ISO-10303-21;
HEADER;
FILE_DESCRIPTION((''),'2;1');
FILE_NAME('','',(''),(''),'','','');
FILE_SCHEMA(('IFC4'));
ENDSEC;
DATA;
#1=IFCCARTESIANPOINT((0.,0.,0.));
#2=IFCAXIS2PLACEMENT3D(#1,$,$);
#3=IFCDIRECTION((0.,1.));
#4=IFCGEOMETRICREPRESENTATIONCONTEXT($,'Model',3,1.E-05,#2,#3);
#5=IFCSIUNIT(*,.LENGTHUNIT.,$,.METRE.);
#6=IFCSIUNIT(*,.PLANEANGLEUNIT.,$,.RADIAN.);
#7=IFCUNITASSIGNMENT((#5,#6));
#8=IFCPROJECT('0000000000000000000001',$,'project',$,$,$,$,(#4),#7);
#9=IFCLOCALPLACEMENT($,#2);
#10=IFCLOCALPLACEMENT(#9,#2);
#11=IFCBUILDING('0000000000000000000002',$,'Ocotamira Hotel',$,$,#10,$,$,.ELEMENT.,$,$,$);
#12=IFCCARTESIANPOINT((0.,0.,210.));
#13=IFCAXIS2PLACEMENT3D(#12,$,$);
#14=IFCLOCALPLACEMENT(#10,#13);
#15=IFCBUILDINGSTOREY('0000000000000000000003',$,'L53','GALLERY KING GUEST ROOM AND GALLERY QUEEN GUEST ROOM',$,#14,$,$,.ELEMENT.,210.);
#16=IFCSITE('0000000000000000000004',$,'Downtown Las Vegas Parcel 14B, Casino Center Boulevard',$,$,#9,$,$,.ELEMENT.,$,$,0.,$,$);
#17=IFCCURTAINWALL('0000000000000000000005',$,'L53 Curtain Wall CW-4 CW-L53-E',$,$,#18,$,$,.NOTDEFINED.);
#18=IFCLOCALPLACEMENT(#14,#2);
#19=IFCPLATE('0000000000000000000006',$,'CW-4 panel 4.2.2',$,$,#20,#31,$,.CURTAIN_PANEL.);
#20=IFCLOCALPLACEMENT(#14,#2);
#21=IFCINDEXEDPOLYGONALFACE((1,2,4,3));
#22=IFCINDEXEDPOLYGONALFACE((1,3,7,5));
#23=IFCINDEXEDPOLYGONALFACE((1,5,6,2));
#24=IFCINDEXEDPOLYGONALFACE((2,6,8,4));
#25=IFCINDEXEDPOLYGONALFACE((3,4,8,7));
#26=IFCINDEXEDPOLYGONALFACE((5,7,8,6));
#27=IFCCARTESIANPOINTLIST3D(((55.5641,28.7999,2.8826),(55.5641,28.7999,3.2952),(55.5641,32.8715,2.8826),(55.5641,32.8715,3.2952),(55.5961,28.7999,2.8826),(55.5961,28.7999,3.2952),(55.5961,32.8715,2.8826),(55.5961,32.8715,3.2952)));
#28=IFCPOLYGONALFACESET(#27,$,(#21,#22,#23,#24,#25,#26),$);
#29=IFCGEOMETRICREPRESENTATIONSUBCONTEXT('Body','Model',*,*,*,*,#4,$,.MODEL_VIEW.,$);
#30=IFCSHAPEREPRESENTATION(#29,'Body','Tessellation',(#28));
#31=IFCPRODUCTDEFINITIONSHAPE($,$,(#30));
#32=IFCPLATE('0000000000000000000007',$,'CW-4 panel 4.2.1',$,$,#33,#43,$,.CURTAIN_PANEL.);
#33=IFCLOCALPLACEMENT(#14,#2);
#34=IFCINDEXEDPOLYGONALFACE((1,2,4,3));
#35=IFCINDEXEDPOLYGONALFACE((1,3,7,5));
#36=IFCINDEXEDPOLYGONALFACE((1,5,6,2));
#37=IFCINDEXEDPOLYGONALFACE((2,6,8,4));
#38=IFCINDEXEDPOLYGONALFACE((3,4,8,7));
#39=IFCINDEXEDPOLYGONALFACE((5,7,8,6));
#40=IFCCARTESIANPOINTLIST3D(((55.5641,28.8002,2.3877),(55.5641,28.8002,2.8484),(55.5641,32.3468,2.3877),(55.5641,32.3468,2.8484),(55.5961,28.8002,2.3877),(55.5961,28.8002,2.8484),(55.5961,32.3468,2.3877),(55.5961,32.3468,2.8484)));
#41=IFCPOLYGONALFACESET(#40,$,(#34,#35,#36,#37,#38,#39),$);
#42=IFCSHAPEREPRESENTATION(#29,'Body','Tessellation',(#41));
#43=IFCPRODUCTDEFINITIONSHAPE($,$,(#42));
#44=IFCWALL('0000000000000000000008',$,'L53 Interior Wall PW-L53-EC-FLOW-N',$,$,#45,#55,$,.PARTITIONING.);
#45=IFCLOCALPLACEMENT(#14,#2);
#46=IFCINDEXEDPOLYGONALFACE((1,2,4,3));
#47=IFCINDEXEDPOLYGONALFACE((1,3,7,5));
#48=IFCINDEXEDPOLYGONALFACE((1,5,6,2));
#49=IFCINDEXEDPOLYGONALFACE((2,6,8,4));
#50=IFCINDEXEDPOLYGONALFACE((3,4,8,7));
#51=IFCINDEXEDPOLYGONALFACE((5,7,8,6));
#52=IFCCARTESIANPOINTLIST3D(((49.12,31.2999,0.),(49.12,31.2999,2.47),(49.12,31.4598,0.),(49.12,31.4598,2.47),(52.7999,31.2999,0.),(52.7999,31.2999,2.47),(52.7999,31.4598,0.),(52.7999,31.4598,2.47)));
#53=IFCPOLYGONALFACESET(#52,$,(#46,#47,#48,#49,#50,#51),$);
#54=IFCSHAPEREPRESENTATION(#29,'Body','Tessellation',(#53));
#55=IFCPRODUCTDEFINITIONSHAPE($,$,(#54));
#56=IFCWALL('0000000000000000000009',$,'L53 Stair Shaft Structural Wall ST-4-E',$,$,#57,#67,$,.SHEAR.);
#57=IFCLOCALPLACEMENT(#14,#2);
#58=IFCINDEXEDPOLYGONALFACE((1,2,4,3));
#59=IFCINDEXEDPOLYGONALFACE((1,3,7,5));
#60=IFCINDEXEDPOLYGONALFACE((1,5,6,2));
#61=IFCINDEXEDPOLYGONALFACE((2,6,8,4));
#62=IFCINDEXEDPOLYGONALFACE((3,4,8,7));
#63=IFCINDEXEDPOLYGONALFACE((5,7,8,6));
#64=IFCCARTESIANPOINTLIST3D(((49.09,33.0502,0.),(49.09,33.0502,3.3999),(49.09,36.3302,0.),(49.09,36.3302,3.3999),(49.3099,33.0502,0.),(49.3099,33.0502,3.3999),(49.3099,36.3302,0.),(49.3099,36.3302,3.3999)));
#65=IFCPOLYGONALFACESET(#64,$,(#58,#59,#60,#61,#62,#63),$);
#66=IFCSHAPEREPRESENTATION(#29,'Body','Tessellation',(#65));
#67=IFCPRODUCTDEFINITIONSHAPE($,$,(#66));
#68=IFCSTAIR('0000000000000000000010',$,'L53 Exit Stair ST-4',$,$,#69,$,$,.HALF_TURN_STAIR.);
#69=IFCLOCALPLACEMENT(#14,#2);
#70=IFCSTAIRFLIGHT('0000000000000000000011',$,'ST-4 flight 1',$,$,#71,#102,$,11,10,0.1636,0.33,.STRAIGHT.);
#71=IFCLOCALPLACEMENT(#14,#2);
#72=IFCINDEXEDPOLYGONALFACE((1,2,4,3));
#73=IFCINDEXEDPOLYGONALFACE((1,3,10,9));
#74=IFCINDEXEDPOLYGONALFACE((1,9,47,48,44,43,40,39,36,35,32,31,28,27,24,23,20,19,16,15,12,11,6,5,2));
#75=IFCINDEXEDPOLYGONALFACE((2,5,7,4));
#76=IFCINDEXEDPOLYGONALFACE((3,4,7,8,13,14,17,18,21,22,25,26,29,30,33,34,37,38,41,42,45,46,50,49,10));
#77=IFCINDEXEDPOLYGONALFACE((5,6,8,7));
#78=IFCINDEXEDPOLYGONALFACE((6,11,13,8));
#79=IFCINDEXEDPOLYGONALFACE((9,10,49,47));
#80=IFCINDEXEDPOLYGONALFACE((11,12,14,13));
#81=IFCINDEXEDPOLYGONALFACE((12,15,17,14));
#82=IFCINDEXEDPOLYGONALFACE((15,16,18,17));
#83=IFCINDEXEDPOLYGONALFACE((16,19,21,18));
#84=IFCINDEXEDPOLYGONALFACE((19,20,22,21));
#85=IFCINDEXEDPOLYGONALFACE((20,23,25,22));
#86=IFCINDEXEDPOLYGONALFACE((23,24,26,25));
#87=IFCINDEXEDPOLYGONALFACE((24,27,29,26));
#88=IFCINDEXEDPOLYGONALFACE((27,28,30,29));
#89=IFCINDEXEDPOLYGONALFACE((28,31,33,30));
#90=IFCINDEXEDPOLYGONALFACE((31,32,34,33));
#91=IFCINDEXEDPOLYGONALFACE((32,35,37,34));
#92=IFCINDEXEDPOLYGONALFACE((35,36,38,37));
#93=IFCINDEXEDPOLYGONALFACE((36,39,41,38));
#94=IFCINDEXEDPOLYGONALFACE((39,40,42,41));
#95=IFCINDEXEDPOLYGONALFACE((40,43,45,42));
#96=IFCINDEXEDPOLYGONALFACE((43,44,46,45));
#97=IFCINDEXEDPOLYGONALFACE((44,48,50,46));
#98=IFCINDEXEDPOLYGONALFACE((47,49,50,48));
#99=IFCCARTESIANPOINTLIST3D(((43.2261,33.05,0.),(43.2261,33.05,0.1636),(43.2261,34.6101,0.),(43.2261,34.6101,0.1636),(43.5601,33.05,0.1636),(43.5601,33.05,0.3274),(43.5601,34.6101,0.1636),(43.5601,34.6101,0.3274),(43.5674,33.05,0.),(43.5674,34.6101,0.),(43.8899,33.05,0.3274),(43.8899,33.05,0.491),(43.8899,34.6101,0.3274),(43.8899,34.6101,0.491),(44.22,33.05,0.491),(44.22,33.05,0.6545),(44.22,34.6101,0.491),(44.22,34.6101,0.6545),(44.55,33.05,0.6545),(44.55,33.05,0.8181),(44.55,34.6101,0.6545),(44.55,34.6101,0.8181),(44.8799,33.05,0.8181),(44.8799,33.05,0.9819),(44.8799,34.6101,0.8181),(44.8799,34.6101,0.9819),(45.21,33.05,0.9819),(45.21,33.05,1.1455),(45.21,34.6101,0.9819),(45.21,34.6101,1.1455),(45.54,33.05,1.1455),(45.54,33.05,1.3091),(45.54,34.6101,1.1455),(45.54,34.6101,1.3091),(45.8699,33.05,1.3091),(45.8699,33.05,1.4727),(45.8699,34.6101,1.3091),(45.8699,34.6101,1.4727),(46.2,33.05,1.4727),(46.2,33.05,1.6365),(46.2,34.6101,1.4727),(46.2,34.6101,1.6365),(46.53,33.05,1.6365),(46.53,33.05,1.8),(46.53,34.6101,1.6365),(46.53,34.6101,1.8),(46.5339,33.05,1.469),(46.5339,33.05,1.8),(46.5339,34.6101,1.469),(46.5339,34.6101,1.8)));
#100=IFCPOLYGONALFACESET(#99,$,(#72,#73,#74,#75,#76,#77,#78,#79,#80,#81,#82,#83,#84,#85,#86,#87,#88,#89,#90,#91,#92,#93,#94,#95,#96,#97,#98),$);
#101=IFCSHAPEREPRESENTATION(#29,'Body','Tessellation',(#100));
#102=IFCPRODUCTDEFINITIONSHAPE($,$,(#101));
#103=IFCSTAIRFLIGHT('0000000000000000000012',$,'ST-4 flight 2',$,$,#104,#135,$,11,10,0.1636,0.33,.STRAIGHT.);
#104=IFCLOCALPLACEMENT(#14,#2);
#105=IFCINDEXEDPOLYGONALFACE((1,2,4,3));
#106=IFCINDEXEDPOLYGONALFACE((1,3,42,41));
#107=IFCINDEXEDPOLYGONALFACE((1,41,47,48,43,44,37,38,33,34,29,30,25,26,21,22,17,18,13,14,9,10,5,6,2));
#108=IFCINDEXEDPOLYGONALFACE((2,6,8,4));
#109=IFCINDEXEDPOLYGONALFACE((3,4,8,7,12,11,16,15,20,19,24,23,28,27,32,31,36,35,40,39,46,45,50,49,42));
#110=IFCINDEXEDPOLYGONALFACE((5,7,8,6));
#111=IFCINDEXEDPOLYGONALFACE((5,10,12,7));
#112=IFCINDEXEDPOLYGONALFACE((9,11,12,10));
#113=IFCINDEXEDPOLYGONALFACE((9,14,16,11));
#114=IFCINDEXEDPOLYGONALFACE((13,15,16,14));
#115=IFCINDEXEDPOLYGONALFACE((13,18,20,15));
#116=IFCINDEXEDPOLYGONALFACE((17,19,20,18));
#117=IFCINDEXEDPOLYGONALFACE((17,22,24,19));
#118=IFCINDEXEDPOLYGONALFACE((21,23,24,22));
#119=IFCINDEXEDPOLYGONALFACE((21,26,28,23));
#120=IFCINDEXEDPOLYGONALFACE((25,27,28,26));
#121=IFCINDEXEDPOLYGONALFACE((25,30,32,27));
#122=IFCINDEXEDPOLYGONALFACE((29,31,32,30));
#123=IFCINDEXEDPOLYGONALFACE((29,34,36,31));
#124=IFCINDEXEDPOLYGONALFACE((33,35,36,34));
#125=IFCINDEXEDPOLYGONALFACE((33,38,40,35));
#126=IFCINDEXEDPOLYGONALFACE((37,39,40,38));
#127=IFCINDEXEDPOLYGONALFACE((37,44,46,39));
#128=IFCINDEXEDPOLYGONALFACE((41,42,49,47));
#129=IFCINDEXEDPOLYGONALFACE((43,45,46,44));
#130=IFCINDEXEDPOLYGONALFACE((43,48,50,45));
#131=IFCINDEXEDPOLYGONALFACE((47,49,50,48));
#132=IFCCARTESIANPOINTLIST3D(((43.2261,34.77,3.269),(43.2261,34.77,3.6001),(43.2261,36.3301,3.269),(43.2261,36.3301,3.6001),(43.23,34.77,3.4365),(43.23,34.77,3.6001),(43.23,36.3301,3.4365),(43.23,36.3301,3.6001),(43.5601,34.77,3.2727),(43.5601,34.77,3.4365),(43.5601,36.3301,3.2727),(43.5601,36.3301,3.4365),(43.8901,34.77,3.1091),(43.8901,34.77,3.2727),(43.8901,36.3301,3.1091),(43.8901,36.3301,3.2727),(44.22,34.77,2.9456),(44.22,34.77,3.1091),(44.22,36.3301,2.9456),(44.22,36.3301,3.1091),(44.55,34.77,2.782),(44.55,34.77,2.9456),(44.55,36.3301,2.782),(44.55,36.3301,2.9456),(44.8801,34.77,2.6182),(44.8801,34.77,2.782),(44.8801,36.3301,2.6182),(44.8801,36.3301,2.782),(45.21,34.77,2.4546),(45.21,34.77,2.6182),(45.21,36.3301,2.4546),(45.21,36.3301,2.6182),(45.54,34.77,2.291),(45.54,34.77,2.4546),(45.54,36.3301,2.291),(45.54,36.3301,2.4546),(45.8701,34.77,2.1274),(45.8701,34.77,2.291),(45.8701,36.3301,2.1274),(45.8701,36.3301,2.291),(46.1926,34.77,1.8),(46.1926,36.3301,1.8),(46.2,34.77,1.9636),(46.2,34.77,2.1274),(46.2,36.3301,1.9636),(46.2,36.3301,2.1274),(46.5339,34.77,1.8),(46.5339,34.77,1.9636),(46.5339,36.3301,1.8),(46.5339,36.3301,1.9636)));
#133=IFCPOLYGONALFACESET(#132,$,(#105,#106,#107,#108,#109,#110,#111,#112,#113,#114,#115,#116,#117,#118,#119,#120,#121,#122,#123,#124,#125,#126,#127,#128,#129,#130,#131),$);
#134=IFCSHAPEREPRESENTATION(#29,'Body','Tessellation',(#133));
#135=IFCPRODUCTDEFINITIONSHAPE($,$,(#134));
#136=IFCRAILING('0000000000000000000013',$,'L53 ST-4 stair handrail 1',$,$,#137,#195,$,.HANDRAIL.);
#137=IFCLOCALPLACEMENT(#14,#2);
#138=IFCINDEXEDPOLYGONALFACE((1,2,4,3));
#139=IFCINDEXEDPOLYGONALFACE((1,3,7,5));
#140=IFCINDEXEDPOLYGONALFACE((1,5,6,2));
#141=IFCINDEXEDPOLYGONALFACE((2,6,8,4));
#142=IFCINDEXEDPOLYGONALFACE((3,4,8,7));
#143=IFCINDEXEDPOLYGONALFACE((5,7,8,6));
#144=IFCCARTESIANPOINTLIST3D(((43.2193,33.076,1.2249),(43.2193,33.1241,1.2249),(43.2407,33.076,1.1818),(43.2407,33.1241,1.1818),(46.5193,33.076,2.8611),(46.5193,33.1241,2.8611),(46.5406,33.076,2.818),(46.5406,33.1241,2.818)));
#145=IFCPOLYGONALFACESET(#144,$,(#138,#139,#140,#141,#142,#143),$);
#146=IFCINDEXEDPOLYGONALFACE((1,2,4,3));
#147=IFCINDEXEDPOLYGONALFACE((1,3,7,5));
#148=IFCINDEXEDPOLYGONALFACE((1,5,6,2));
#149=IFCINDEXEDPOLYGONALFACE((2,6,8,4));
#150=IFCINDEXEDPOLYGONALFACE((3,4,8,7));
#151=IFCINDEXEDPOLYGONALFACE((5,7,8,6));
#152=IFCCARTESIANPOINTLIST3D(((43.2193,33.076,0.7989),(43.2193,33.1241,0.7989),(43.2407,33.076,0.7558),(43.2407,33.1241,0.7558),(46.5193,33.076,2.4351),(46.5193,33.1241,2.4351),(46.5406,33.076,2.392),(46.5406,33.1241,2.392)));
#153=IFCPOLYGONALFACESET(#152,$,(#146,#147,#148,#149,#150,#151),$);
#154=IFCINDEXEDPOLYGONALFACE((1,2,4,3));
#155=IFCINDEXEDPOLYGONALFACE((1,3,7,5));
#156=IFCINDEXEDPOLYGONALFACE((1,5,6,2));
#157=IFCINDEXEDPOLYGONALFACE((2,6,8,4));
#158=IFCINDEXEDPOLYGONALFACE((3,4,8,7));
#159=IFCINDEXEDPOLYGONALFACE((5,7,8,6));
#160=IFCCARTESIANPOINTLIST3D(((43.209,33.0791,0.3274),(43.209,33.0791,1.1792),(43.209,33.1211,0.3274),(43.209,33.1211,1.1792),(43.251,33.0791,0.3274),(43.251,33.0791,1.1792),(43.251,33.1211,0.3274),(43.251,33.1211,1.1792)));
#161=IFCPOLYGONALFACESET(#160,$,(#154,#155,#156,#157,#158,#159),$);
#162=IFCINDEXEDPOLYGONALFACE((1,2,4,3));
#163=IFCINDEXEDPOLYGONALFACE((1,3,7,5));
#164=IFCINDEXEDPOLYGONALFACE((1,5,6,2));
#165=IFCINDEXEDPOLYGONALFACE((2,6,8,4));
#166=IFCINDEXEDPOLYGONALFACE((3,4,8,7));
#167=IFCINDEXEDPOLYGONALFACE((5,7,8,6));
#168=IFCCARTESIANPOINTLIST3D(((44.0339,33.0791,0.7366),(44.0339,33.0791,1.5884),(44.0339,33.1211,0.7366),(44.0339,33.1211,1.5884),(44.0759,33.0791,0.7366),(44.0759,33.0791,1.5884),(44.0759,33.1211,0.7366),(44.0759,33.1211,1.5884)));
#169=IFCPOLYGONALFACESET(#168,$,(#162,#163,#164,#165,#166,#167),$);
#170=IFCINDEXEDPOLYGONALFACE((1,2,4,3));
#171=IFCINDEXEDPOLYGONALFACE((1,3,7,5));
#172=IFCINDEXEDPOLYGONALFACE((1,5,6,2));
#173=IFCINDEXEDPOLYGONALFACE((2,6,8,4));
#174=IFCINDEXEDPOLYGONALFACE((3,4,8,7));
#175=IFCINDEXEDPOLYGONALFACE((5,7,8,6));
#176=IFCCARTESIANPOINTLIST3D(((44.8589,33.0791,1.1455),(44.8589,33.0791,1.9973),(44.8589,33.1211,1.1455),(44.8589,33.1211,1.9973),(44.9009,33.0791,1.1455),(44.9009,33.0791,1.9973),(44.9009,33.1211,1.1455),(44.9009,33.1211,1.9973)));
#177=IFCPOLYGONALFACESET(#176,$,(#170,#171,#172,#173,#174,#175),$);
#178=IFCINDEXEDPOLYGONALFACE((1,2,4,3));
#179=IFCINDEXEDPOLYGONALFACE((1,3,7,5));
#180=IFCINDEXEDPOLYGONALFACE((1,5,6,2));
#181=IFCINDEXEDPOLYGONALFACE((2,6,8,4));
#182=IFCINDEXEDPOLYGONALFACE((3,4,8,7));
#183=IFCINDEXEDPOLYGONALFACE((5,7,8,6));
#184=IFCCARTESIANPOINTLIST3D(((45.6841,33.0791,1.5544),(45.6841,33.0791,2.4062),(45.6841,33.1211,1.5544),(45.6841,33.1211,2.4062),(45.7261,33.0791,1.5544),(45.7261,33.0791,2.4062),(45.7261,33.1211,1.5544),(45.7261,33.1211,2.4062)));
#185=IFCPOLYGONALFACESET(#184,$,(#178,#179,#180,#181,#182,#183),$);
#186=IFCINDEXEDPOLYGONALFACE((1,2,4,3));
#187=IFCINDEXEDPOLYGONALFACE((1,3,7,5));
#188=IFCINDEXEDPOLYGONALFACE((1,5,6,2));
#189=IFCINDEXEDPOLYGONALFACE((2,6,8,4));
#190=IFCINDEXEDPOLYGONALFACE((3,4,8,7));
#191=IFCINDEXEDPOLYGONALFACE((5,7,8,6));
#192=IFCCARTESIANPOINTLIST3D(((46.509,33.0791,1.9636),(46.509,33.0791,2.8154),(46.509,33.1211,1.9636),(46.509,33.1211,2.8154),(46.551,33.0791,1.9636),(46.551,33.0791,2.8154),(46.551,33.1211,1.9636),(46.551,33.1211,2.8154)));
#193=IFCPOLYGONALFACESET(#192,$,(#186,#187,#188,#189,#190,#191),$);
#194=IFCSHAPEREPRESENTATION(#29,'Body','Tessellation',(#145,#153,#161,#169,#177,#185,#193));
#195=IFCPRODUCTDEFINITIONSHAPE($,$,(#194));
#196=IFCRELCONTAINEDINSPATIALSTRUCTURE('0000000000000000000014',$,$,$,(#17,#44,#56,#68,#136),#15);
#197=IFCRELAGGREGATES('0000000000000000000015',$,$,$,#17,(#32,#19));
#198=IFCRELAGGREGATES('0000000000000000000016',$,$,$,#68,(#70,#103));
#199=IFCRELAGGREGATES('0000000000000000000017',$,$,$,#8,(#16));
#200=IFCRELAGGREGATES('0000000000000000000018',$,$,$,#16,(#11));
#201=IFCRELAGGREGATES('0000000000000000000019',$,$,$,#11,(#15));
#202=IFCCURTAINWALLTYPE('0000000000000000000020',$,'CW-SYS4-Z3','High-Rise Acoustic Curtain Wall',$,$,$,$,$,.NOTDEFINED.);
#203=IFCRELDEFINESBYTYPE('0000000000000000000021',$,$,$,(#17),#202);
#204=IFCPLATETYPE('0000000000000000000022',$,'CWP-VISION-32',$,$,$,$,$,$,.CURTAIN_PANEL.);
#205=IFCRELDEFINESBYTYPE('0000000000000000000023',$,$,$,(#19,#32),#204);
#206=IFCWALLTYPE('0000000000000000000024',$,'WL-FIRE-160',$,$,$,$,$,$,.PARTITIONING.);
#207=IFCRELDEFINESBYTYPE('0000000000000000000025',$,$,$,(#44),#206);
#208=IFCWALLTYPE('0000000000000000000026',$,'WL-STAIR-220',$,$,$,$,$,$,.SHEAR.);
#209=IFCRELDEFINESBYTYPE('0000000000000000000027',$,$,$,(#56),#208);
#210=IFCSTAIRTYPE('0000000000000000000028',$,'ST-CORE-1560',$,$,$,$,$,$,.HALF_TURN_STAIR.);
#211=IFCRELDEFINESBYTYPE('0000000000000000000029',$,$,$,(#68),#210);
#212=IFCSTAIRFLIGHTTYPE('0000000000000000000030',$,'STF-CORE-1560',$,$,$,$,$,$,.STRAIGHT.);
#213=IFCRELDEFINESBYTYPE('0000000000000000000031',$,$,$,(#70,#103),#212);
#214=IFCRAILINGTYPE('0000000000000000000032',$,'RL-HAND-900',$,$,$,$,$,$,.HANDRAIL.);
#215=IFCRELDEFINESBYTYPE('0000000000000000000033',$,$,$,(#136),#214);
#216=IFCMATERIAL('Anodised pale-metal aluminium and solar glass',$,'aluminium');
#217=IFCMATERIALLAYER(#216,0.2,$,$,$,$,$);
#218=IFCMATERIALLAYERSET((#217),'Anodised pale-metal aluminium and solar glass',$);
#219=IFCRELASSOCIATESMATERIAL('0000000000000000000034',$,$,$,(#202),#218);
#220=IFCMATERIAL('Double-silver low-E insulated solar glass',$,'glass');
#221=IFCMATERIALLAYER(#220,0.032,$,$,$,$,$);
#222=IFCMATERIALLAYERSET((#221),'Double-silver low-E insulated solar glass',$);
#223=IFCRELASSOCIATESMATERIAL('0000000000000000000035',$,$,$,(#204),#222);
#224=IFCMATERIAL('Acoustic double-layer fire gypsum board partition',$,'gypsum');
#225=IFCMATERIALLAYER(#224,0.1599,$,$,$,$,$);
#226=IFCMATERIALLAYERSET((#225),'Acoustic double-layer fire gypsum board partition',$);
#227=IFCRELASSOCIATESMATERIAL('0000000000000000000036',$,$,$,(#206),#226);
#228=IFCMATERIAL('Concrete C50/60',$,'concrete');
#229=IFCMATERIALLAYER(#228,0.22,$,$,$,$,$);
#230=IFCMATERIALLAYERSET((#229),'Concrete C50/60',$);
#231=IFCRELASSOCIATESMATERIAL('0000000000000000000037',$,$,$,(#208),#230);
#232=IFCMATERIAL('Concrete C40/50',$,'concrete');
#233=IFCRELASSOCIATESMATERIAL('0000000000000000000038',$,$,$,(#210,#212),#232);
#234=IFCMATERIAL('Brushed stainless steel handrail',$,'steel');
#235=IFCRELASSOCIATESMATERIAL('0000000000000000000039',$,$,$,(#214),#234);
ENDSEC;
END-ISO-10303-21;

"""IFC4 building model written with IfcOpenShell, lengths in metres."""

from ifc_helpers import new_model, si_unit, direction, frame, frame_2d, origin, origin_2d, place, context, subcontext, project, spatial, polyline, rectangle, outline, extrude, source, transform, mapped, material, layer, layer_set, type_object, element, aggregate, save


model = new_model("IFC4")

# Units and contexts
model_context = context("Model", 3, precision=1e-05, world=origin(), true_north=direction((0.0, 1.0)))
body_context = subcontext(model_context, "Body", "Model", "MODEL_VIEW")
ifc_project = project(units=[si_unit("LENGTHUNIT", "METRE"), si_unit("PLANEANGLEUNIT", "RADIAN")], contexts=[model_context])

# Site, building, storey
site_placement = place(None, origin())
site = spatial("IfcSite", under=ifc_project, at=site_placement, Name="Downtown Las Vegas Parcel 14B, Casino Center Boulevard", CompositionType="ELEMENT", RefElevation=0.0)
building_placement = place(site_placement, origin())
building = spatial("IfcBuilding", under=site, at=building_placement, Name="Ocotamira Hotel", CompositionType="ELEMENT")
storey_placement = place(building_placement, frame((0.0, 0.0, 210.0)))
storey = spatial("IfcBuildingStorey", under=building, at=storey_placement, Name="L53", Description="GALLERY KING GUEST ROOM AND GALLERY QUEEN GUEST ROOM", CompositionType="ELEMENT", Elevation=210.0)

# Curtain wall
ifc_material_1 = material(Name="Anodised pale-metal aluminium and solar glass", Category="aluminium")
ifc_layer_1 = layer(ifc_material_1, 0.2)
ifc_layer_set_1 = layer_set([ifc_layer_1], Name="Anodised pale-metal aluminium and solar glass")
curtain_wall_type = type_object("IfcCurtainWallType", Name="CW-SYS4-Z3", Description="High-Rise Acoustic Curtain Wall", PredefinedType="NOTDEFINED", material=ifc_layer_set_1)
curtain_wall_placement = place(storey_placement, origin())
curtain_wall = element("IfcCurtainWall", 1, at=curtain_wall_placement, inside=storey, type_object=curtain_wall_type, Name="L53 Curtain Wall CW-4 CW-L53-E", PredefinedType="NOTDEFINED")

# Plates
ifc_material_2 = material(Name="Double-silver low-E insulated solar glass", Category="glass")
ifc_layer_2 = layer(ifc_material_2, 0.032)
ifc_layer_set_2 = layer_set([ifc_layer_2], Name="Double-silver low-E insulated solar glass")
plate_type_1 = type_object("IfcPlateType", Name="CWP-VISION-32", PredefinedType="CURTAIN_PANEL", material=ifc_layer_set_2)
shared_shape_1 = source(origin(), body_context, "Body", "SweptSolid", [
    extrude(rectangle(XDim=4.0715, YDim=0.032, at=origin_2d()), origin(), (0.0, 0.0, 1.0), 0.4126),
])
plate_1_placement = place(storey_placement, frame((55.5801, 30.8357, 2.8826), z_axis=(0.0, 0.0, 1.0), x_axis=(0.0, 1.0, 0.0)))
plate_1 = element("IfcPlate", 2, at=plate_1_placement, type_object=plate_type_1, Name="CW-4 panel 4.2.2", PredefinedType="CURTAIN_PANEL", context=body_context, shape_type="MappedRepresentation", body=[
    mapped(shared_shape_1, transform((0.0, 0.0, 0.0), scale=1.0)),
])
shared_shape_2 = source(origin(), body_context, "Body", "SweptSolid", [
    extrude(rectangle(XDim=3.5466, YDim=0.032, at=origin_2d()), origin(), (0.0, 0.0, 1.0), 0.4607),
])
plate_2_placement = place(storey_placement, frame((55.5801, 30.5735, 2.3877), z_axis=(0.0, 0.0, 1.0), x_axis=(0.0, 1.0, 0.0)))
plate_2 = element("IfcPlate", 3, at=plate_2_placement, type_object=plate_type_1, Name="CW-4 panel 4.2.1", PredefinedType="CURTAIN_PANEL", context=body_context, shape_type="MappedRepresentation", body=[
    mapped(shared_shape_2, transform((0.0, 0.0, 0.0), scale=1.0)),
])
aggregate(curtain_wall, [plate_2, plate_1])

# Wall
ifc_material_3 = material(Name="Acoustic double-layer fire gypsum board partition", Category="gypsum")
ifc_layer_3 = layer(ifc_material_3, 0.1599)
ifc_layer_set_3 = layer_set([ifc_layer_3], Name="Acoustic double-layer fire gypsum board partition")
wall_type_1 = type_object("IfcWallType", Name="WL-FIRE-160", PredefinedType="PARTITIONING", material=ifc_layer_set_3)
wall_1_placement = place(storey_placement, frame((49.1201, 31.3799, 0.0), z_axis=(0.0, 0.0, 1.0), x_axis=(1.0, 0.0, 0.0)))
element("IfcWall", 4, at=wall_1_placement, inside=storey, type_object=wall_type_1, Name="L53 Interior Wall PW-L53-EC-FLOW-N", PredefinedType="PARTITIONING", context=body_context, shape_type="SweptSolid", body=[
    extrude(rectangle(XDim=3.6799, YDim=0.1599, at=frame_2d((1.8398, 0.0))), origin(), (0.0, 0.0, 1.0), 2.47),
])

# Wall
ifc_material_4 = material(Name="Concrete C50/60", Category="concrete")
ifc_layer_4 = layer(ifc_material_4, 0.22)
ifc_layer_set_4 = layer_set([ifc_layer_4], Name="Concrete C50/60")
wall_type_2 = type_object("IfcWallType", Name="WL-STAIR-220", PredefinedType="SHEAR", material=ifc_layer_set_4)
wall_2_placement = place(storey_placement, frame((49.2, 33.05, 0.0), z_axis=(0.0, 0.0, 1.0), x_axis=(0.0, 1.0, 0.0)))
element("IfcWall", 5, at=wall_2_placement, inside=storey, type_object=wall_type_2, Name="L53 Stair Shaft Structural Wall ST-4-E", PredefinedType="SHEAR", context=body_context, shape_type="SweptSolid", body=[
    extrude(rectangle(XDim=3.28, YDim=0.22, at=frame_2d((1.6401, 0.0))), origin(), (0.0, 0.0, 1.0), 3.3999),
])

# Stair, stair flights
ifc_material_5 = material(Name="Concrete C40/50", Category="concrete")
stair_type = type_object("IfcStairType", Name="ST-CORE-1560", PredefinedType="HALF_TURN_STAIR", material=ifc_material_5)
stair_placement = place(storey_placement, origin())
stair = element("IfcStair", 6, at=stair_placement, inside=storey, type_object=stair_type, Name="L53 Exit Stair ST-4", PredefinedType="HALF_TURN_STAIR")
stair_flight_type = type_object("IfcStairFlightType", Name="STF-CORE-1560", PredefinedType="STRAIGHT", material=ifc_material_5)
shared_shape_3 = source(origin(), body_context, "Body", "SweptSolid", [
    extrude(outline(polyline([(-0.0039, 0.0), (-0.0039, 0.1636), (0.3301, 0.1636), (0.3301, 0.3274), (0.6599, 0.3274), (0.6599, 0.491), (0.99, 0.491), (0.99, 0.6545), (1.3201, 0.6545), (1.3201, 0.8181), (1.6499, 0.8181), (1.6499, 0.9819), (1.98, 0.9819), (1.98, 1.1455), (2.3101, 1.1455), (2.3101, 1.3091), (2.6399, 1.3091), (2.6399, 1.4727), (2.97, 1.4727), (2.97, 1.6365), (3.3, 1.6365), (3.3, 1.8), (3.304, 1.8), (3.304, 1.469), (0.3374, 0.0), (-0.0039, 0.0)])), frame((0.0, 0.78, 0.0), z_axis=(0.0, -1.0, 0.0), x_axis=(1.0, 0.0, 0.0)), (0.0, 0.0, 1.0), 1.5601),
])
stair_flight_1_placement = place(storey_placement, frame((43.23, 33.8301, 0.0), z_axis=(0.0, 0.0, 1.0), x_axis=(1.0, 0.0, 0.0)))
stair_flight_1 = element("IfcStairFlight", 7, at=stair_flight_1_placement, type_object=stair_flight_type, Name="ST-4 flight 1", NumberOfRisers=11, NumberOfTreads=10, PredefinedType="STRAIGHT", RiserHeight=0.1636, TreadLength=0.33, context=body_context, shape_type="MappedRepresentation", body=[
    mapped(shared_shape_3, transform((0.0, 0.0, 0.0), scale=1.0)),
])
stair_flight_2_placement = place(storey_placement, frame((46.53, 35.55, 1.8), z_axis=(0.0, 0.0, 1.0), x_axis=(-1.0, 0.0, 0.0)))
stair_flight_2 = element("IfcStairFlight", 8, at=stair_flight_2_placement, type_object=stair_flight_type, Name="ST-4 flight 2", NumberOfRisers=11, NumberOfTreads=10, PredefinedType="STRAIGHT", RiserHeight=0.1636, TreadLength=0.33, context=body_context, shape_type="MappedRepresentation", body=[
    mapped(shared_shape_3, transform((0.0, 0.0, 0.0), scale=1.0)),
])
aggregate(stair, [stair_flight_1, stair_flight_2])

# Railing
ifc_material_6 = material(Name="Brushed stainless steel handrail", Category="steel")
railing_type_1 = type_object("IfcRailingType", Name="RL-HAND-900", PredefinedType="HANDRAIL", material=ifc_material_6)
railing_1_placement = place(storey_placement, frame((43.23, 33.1001, 0.3274)))
element("IfcRailing", 9, at=railing_1_placement, inside=storey, type_object=railing_type_1, Name="L53 ST-4 stair handrail 1", PredefinedType="HANDRAIL", context=body_context, shape_type="SweptSolid", body=[
    extrude(rectangle(XDim=0.0481, YDim=0.0481, at=origin_2d()), frame((0.0, 0.0, 0.876), z_axis=(0.89592, 0.0, 0.444215), x_axis=(0.0, 1.0, 0.0)), (0.0, 0.0, 1.0), 3.6833),
    extrude(rectangle(XDim=0.0481, YDim=0.0481, at=origin_2d()), frame((0.0, 0.0, 0.45), z_axis=(0.89592, 0.0, 0.444215), x_axis=(0.0, 1.0, 0.0)), (0.0, 0.0, 1.0), 3.6833),
    extrude(rectangle(XDim=0.042, YDim=0.042, at=origin_2d()), origin(), (0.0, 0.0, 1.0), 0.8518),
    extrude(rectangle(XDim=0.042, YDim=0.042, at=origin_2d()), frame((0.825, 0.0, 0.4092)), (0.0, 0.0, 1.0), 0.8518),
    extrude(rectangle(XDim=0.042, YDim=0.042, at=origin_2d()), frame((1.6499, 0.0, 0.8181)), (0.0, 0.0, 1.0), 0.8518),
    extrude(rectangle(XDim=0.042, YDim=0.042, at=origin_2d()), frame((2.4751, 0.0, 1.2271)), (0.0, 0.0, 1.0), 0.8518),
    extrude(rectangle(XDim=0.042, YDim=0.042, at=origin_2d()), frame((3.3, 0.0, 1.6362)), (0.0, 0.0, 1.0), 0.8518),
])

save(model, "model.ifc")
